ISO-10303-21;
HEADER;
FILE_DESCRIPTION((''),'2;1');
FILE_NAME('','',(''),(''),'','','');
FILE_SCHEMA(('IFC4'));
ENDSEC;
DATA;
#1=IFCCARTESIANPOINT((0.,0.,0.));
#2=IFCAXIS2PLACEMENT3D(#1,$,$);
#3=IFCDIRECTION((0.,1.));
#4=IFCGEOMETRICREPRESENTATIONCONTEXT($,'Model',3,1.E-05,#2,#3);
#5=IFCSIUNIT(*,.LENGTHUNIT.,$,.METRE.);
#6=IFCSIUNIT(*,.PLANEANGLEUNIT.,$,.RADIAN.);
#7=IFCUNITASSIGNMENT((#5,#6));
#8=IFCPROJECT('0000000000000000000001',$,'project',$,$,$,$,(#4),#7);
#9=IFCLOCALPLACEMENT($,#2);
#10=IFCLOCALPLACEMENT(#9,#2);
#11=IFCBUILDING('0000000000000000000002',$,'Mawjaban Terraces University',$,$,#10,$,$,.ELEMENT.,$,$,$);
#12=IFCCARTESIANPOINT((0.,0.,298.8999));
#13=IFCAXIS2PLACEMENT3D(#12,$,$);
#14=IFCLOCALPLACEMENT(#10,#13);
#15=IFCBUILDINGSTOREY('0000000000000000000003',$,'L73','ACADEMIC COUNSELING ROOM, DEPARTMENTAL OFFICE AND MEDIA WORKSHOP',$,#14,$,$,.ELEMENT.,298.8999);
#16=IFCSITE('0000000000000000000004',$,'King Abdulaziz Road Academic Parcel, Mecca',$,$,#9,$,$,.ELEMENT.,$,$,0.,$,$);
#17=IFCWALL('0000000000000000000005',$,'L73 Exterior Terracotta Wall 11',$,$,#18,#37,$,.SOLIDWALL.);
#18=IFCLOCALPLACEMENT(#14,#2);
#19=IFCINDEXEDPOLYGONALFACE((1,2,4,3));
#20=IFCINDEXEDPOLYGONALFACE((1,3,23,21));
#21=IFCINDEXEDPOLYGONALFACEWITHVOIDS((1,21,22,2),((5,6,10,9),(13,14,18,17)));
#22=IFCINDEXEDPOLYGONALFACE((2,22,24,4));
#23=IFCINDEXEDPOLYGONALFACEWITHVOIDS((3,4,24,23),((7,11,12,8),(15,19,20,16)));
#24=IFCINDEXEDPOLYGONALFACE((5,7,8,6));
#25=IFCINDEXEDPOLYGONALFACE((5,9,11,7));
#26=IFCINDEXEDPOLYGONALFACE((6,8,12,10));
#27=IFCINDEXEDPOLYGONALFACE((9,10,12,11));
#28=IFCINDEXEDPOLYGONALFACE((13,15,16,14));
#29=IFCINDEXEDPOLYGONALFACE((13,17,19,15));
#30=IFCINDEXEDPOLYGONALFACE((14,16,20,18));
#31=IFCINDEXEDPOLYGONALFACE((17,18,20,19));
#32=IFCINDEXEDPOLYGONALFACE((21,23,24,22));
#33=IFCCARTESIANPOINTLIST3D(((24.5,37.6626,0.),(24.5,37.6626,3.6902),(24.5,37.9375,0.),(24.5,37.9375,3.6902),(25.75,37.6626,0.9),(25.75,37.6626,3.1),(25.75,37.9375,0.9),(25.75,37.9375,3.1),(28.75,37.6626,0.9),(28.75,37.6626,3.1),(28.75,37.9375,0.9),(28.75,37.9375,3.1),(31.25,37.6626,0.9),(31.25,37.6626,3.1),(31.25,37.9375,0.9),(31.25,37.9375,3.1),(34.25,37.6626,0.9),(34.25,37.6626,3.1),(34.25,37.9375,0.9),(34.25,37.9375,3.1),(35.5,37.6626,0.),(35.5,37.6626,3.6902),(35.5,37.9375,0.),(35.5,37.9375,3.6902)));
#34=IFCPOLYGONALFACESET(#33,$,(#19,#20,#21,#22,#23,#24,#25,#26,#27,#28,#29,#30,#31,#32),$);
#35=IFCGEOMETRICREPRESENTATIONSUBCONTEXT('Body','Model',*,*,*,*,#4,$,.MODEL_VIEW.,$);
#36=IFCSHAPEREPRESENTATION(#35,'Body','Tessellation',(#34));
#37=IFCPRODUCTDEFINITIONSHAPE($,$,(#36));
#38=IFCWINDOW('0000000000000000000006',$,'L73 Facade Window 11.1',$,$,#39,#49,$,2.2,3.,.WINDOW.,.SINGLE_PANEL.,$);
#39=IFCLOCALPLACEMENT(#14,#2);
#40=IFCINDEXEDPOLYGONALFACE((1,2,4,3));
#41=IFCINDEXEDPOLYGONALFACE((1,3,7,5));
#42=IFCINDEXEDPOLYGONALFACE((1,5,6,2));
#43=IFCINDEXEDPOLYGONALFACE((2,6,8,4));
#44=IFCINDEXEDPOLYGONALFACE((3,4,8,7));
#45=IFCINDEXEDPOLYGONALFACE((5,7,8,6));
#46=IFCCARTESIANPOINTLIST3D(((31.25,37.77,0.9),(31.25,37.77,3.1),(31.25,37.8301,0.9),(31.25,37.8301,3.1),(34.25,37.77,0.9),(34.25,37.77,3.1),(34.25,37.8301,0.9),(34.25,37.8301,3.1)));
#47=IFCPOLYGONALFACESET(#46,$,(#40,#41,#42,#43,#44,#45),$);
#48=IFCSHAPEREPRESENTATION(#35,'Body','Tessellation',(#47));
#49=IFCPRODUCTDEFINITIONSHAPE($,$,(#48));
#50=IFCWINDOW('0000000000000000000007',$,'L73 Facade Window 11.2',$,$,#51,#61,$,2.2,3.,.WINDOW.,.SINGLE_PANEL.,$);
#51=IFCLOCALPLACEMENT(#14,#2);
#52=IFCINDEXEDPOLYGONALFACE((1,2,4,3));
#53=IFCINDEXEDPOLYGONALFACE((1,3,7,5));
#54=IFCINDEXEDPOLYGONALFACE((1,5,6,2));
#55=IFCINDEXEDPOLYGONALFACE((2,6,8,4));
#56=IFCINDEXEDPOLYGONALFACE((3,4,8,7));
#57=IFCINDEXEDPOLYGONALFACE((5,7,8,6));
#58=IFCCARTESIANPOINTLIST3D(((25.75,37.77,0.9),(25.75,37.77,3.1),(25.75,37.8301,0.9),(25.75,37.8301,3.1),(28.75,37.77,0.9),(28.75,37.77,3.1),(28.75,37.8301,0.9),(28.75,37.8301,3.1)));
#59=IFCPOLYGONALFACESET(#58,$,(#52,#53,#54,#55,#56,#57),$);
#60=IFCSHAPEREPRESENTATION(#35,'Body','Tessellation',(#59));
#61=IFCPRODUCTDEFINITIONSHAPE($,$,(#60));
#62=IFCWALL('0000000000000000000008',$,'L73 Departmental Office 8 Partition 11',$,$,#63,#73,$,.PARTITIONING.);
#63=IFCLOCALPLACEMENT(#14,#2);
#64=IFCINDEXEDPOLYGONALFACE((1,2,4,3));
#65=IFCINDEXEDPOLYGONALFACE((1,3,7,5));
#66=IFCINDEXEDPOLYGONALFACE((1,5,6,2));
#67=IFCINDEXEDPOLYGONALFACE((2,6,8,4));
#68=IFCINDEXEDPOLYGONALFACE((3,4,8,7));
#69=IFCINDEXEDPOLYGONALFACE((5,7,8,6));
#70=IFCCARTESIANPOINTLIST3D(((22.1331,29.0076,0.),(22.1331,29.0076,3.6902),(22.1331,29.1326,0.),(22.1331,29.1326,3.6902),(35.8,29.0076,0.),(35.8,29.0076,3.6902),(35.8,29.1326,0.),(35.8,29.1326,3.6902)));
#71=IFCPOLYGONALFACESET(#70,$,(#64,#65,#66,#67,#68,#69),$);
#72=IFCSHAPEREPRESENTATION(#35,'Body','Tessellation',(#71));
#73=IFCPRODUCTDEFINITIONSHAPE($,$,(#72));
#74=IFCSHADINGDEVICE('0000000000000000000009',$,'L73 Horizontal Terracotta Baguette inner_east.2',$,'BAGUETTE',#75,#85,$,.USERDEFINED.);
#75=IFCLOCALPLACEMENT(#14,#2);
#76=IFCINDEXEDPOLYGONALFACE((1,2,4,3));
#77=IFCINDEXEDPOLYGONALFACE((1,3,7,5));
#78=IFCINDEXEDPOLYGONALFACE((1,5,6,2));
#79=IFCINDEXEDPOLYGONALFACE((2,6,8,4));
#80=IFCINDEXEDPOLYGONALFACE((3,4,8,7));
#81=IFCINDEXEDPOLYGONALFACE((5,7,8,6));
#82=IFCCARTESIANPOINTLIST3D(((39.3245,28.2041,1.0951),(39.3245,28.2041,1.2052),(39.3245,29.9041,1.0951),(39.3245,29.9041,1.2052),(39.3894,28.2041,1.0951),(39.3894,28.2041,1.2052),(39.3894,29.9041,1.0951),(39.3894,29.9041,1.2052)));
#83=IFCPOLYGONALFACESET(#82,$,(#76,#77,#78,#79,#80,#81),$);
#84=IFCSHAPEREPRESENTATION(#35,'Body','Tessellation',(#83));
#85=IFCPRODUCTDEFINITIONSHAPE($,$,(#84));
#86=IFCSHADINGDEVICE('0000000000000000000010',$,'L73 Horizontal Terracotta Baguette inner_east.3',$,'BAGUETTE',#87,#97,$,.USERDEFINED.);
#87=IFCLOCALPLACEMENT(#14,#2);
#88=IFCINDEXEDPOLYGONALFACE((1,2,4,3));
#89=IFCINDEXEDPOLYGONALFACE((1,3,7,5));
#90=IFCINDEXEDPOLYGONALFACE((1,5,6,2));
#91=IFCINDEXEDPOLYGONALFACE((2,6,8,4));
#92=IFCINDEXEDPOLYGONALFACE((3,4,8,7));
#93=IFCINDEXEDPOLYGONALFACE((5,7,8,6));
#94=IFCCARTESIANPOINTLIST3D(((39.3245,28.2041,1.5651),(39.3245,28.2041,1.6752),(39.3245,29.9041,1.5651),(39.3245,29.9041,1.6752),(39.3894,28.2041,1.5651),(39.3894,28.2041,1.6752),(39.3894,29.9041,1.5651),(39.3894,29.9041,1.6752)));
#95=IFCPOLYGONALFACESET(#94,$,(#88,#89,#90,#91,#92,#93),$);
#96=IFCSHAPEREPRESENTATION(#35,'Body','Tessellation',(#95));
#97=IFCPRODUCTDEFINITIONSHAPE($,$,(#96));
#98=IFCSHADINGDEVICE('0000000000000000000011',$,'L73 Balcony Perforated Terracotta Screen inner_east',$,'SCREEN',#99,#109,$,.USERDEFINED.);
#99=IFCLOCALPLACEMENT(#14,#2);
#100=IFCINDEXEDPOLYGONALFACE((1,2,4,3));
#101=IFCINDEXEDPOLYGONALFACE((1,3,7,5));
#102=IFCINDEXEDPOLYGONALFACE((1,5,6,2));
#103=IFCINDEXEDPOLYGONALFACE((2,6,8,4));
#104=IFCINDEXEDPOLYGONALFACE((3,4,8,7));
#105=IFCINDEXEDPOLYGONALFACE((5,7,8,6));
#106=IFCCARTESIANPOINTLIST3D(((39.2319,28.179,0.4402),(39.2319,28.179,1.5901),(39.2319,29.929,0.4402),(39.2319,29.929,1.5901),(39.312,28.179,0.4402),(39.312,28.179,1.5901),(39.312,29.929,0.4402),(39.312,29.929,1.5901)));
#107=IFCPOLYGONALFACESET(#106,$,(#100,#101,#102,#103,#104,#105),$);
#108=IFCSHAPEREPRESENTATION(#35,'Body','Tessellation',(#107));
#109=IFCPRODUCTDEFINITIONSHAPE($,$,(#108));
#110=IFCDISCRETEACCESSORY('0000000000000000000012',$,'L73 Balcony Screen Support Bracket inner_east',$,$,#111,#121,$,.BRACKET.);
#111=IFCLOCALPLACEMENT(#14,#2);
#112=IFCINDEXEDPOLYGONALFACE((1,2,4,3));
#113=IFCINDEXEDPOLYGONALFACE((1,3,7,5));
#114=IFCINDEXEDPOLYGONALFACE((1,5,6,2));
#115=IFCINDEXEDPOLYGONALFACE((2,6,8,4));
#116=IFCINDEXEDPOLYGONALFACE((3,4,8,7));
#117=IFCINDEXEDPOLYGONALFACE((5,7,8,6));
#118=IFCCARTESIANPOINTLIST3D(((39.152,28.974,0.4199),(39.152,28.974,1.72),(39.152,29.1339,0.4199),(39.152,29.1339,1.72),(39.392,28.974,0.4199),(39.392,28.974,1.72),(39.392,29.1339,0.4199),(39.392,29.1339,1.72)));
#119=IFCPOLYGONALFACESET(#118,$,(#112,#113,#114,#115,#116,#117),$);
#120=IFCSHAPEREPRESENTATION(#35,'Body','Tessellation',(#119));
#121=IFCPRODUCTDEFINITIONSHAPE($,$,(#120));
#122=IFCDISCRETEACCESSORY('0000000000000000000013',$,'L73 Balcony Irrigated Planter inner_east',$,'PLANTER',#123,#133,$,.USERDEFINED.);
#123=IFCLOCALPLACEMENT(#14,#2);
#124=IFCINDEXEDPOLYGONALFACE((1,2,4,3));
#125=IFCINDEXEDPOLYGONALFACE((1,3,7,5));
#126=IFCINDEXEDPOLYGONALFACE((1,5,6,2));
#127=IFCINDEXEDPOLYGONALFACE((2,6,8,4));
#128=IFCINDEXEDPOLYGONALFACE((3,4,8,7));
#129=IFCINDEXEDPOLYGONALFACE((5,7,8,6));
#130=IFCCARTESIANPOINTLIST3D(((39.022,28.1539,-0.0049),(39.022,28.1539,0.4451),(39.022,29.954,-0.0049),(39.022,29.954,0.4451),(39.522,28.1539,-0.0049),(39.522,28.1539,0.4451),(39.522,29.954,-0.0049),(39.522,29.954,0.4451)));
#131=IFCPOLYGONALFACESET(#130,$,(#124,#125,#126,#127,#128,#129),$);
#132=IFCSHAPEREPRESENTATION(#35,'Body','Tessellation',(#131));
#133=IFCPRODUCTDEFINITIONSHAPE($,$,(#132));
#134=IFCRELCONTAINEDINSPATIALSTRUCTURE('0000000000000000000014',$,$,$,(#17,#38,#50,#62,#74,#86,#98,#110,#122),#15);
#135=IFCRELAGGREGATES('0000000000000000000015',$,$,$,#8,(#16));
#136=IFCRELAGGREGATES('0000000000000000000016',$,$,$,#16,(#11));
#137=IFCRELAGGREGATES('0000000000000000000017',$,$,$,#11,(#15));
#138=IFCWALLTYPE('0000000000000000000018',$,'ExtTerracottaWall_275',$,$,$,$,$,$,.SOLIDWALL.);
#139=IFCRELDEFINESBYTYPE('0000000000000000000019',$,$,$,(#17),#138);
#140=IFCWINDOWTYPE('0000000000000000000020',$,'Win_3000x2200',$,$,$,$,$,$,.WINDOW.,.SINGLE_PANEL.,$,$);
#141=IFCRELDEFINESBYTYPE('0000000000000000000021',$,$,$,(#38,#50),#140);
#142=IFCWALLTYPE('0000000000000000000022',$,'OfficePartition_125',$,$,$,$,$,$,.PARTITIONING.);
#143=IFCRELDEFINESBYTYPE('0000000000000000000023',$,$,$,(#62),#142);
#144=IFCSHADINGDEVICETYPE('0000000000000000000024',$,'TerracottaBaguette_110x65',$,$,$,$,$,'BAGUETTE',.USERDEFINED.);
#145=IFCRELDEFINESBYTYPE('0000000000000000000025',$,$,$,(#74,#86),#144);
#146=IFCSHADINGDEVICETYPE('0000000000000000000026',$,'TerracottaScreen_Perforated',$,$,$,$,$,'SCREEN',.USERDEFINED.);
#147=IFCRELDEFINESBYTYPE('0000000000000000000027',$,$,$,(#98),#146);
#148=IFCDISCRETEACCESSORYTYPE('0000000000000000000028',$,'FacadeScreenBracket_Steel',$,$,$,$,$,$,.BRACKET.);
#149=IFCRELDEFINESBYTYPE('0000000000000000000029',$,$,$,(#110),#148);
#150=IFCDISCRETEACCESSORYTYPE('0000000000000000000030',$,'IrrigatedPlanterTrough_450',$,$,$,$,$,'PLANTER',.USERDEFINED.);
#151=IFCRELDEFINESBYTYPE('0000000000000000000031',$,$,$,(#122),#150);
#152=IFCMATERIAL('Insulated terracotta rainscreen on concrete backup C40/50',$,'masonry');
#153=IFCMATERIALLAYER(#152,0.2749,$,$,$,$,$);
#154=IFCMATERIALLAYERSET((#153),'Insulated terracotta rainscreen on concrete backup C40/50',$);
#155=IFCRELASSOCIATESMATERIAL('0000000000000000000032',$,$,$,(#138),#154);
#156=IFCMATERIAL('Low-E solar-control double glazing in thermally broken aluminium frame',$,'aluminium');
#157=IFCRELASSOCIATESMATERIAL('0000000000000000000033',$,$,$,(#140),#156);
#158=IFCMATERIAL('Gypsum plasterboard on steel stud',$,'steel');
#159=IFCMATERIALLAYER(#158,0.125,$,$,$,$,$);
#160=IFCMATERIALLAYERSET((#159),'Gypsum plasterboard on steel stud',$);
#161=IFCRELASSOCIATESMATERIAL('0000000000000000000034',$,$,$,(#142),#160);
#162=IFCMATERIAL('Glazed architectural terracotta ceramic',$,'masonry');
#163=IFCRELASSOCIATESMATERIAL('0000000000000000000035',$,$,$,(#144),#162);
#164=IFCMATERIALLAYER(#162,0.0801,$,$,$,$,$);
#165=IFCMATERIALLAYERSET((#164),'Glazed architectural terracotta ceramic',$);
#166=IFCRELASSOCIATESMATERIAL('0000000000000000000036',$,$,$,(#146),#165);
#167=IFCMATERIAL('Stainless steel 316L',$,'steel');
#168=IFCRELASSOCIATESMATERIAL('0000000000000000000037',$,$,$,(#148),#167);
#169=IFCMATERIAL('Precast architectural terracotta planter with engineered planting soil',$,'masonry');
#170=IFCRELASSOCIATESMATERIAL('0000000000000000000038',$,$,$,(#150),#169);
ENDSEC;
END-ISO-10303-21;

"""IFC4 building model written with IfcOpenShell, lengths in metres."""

from ifc_helpers import new_model, si_unit, direction, frame, frame_2d, origin, origin_2d, place, context, subcontext, project, spatial, rectangle, extrude, material, layer, layer_set, material_profile, profile_set, type_object, element, fill, save


model = new_model("IFC4")

# Units and contexts
model_context = context("Model", 3, precision=1e-05, world=origin(), true_north=direction((0.0, 1.0)))
body_context = subcontext(model_context, "Body", "Model", "MODEL_VIEW")
ifc_project = project(units=[si_unit("LENGTHUNIT", "METRE"), si_unit("PLANEANGLEUNIT", "RADIAN")], contexts=[model_context])

# Site, building, storey
site_placement = place(None, origin())
site = spatial("IfcSite", under=ifc_project, at=site_placement, Name="King Abdulaziz Road Academic Parcel, Mecca", CompositionType="ELEMENT", RefElevation=0.0)
building_placement = place(site_placement, origin())
building = spatial("IfcBuilding", under=site, at=building_placement, Name="Mawjaban Terraces University", CompositionType="ELEMENT")
storey_placement = place(building_placement, frame((0.0, 0.0, 298.8999)))
storey = spatial("IfcBuildingStorey", under=building, at=storey_placement, Name="L73", Description="ACADEMIC COUNSELING ROOM, DEPARTMENTAL OFFICE AND MEDIA WORKSHOP", CompositionType="ELEMENT", Elevation=298.8999)

# Shared definitions
ifc_material_1 = material(Name="Insulated terracotta rainscreen on concrete backup C40/50", Category="masonry")
ifc_layer_1 = layer(ifc_material_1, 0.2749)
ifc_layer_set_1 = layer_set([ifc_layer_1], Name="Insulated terracotta rainscreen on concrete backup C40/50")
wall_type_1 = type_object("IfcWallType", Name="ExtTerracottaWall_275", PredefinedType="SOLIDWALL", material=ifc_layer_set_1)

# Wall, openings, windows
wall_1_placement = place(storey_placement, frame((35.5, 37.8, 0.0), z_axis=(0.0, 0.0, 1.0), x_axis=(-1.0, 0.0, 0.0)))
wall_1 = element("IfcWall", 1, at=wall_1_placement, inside=storey, type_object=wall_type_1, Name="L73 Exterior Terracotta Wall 11", PredefinedType="SOLIDWALL", context=body_context, shape_type="SweptSolid", body=[
    extrude(rectangle(XDim=11.0, YDim=0.2749, at=frame_2d((5.5, 0.0))), origin(), (0.0, 0.0, 1.0), 3.6902),
])
opening_1_placement = place(wall_1_placement, frame((1.25, 0.0, 0.8999)))
opening_1 = element("IfcOpeningElement", 2, at=opening_1_placement, cuts=wall_1, PredefinedType="OPENING", context=body_context, shape_type="SweptSolid", body=[
    extrude(rectangle(XDim=3.0, YDim=2.2, at=frame_2d((1.5, 1.1001))), frame((0.0, 0.1475, 0.0), z_axis=(0.0, -1.0, 0.0), x_axis=(1.0, 0.0, 0.0)), (0.0, 0.0, 1.0), 0.2949),
])
opening_2_placement = place(wall_1_placement, frame((6.75, 0.0, 0.8999)))
opening_2 = element("IfcOpeningElement", 3, at=opening_2_placement, cuts=wall_1, PredefinedType="OPENING", context=body_context, shape_type="SweptSolid", body=[
    extrude(rectangle(XDim=3.0, YDim=2.2, at=frame_2d((1.5, 1.1001))), frame((0.0, 0.1475, 0.0), z_axis=(0.0, -1.0, 0.0), x_axis=(1.0, 0.0, 0.0)), (0.0, 0.0, 1.0), 0.2949),
])
ifc_material_2 = material(Name="Low-E solar-control double glazing in thermally broken aluminium frame", Category="aluminium")
window_type = type_object("IfcWindowType", Name="Win_3000x2200", PartitioningType="SINGLE_PANEL", PredefinedType="WINDOW", material=ifc_material_2)
window_1_placement = place(opening_1_placement, origin())
window_1 = element("IfcWindow", 4, at=window_1_placement, inside=storey, type_object=window_type, Name="L73 Facade Window 11.1", OverallHeight=2.2, OverallWidth=3.0, PartitioningType="SINGLE_PANEL", PredefinedType="WINDOW", context=body_context, shape_type="SweptSolid", body=[
    extrude(rectangle(XDim=3.0, YDim=2.2, at=frame_2d((1.5, 1.1001))), frame((0.0, 0.03, 0.0), z_axis=(0.0, -1.0, 0.0), x_axis=(1.0, 0.0, 0.0)), (0.0, 0.0, 1.0), 0.0601),
])
fill(opening_1, window_1)
window_2_placement = place(opening_2_placement, origin())
window_2 = element("IfcWindow", 5, at=window_2_placement, inside=storey, type_object=window_type, Name="L73 Facade Window 11.2", OverallHeight=2.2, OverallWidth=3.0, PartitioningType="SINGLE_PANEL", PredefinedType="WINDOW", context=body_context, shape_type="SweptSolid", body=[
    extrude(rectangle(XDim=3.0, YDim=2.2, at=frame_2d((1.5, 1.1001))), frame((0.0, 0.03, 0.0), z_axis=(0.0, -1.0, 0.0), x_axis=(1.0, 0.0, 0.0)), (0.0, 0.0, 1.0), 0.0601),
])
fill(opening_2, window_2)

# Wall
ifc_material_3 = material(Name="Gypsum plasterboard on steel stud", Category="steel")
ifc_layer_2 = layer(ifc_material_3, 0.125)
ifc_layer_set_2 = layer_set([ifc_layer_2], Name="Gypsum plasterboard on steel stud")
wall_type_2 = type_object("IfcWallType", Name="OfficePartition_125", PredefinedType="PARTITIONING", material=ifc_layer_set_2)
wall_2_placement = place(storey_placement, frame((35.8, 29.0701, 0.0), z_axis=(0.0, 0.0, 1.0), x_axis=(-1.0, 0.0, 0.0)))
element("IfcWall", 6, at=wall_2_placement, inside=storey, type_object=wall_type_2, Name="L73 Departmental Office 8 Partition 11", PredefinedType="PARTITIONING", context=body_context, shape_type="SweptSolid", body=[
    extrude(rectangle(XDim=13.667, YDim=0.125, at=frame_2d((6.8335, 0.0))), origin(), (0.0, 0.0, 1.0), 3.6902),
])

# Shading devices
ifc_material_4 = material(Name="Glazed architectural terracotta ceramic", Category="masonry")
ifc_material_profile_1 = material_profile(ifc_material_4, rectangle(XDim=0.0649, YDim=0.1101, at=origin_2d()), Name="TBAG110X65")
ifc_profile_set_1 = profile_set([ifc_material_profile_1], Name="Glazed architectural terracotta ceramic")
shading_device_type_1 = type_object("IfcShadingDeviceType", Name="TerracottaBaguette_110x65", ElementType="BAGUETTE", PredefinedType="USERDEFINED", material=ifc_profile_set_1)
for number, where, z_axis, x_axis, name in (
    (7, (39.3569, 28.2041, 1.1501), (0.0, 1.0, 0.0), (-1.0, 0.0, 0.0), "L73 Horizontal Terracotta Baguette inner_east.2"),
    (8, (39.3569, 28.2041, 1.6201), (0.0, 1.0, 0.0), (-1.0, 0.0, 0.0), "L73 Horizontal Terracotta Baguette inner_east.3"),
):
    element("IfcShadingDevice", number, at=place(storey_placement, frame(where, z_axis=z_axis, x_axis=x_axis)), inside=storey, type_object=shading_device_type_1, Name=name, ObjectType="BAGUETTE", PredefinedType="USERDEFINED", context=body_context, shape_type="SweptSolid", body=[
        extrude(rectangle(XDim=0.0649, YDim=0.1101, at=origin_2d()), origin(), (0.0, 0.0, 1.0), 1.7),
    ])
ifc_layer_3 = layer(ifc_material_4, 0.0801)
ifc_layer_set_3 = layer_set([ifc_layer_3], Name="Glazed architectural terracotta ceramic")
shading_device_type_2 = type_object("IfcShadingDeviceType", Name="TerracottaScreen_Perforated", ElementType="SCREEN", PredefinedType="USERDEFINED", material=ifc_layer_set_3)
shading_device_placement = place(storey_placement, frame((39.272, 29.054, 0.4402), z_axis=(0.0, 0.0, 1.0), x_axis=(0.0, 1.0, 0.0)))
element("IfcShadingDevice", 9, at=shading_device_placement, inside=storey, type_object=shading_device_type_2, Name="L73 Balcony Perforated Terracotta Screen inner_east", ObjectType="SCREEN", PredefinedType="USERDEFINED", context=body_context, shape_type="SweptSolid", body=[
    extrude(rectangle(XDim=1.75, YDim=0.0801, at=origin_2d()), origin(), (0.0, 0.0, 1.0), 1.1499),
])

# Discrete accessories
ifc_material_5 = material(Name="Stainless steel 316L", Category="steel")
discrete_accessory_type_1 = type_object("IfcDiscreteAccessoryType", Name="FacadeScreenBracket_Steel", PredefinedType="BRACKET", material=ifc_material_5)
discrete_accessory_1_placement = place(storey_placement, frame((39.272, 29.054, 0.4199), z_axis=(0.0, 0.0, 1.0), x_axis=(0.0, 1.0, 0.0)))
element("IfcDiscreteAccessory", 10, at=discrete_accessory_1_placement, inside=storey, type_object=discrete_accessory_type_1, Name="L73 Balcony Screen Support Bracket inner_east", PredefinedType="BRACKET", context=body_context, shape_type="SweptSolid", body=[
    extrude(rectangle(XDim=0.1599, YDim=0.24, at=origin_2d()), origin(), (0.0, 0.0, 1.0), 1.3),
])
ifc_material_6 = material(Name="Precast architectural terracotta planter with engineered planting soil", Category="masonry")
discrete_accessory_type_2 = type_object("IfcDiscreteAccessoryType", Name="IrrigatedPlanterTrough_450", ElementType="PLANTER", PredefinedType="USERDEFINED", material=ifc_material_6)
discrete_accessory_2_placement = place(storey_placement, frame((39.272, 29.054, -0.0049), z_axis=(0.0, 0.0, 1.0), x_axis=(0.0, 1.0, 0.0)))
element("IfcDiscreteAccessory", 11, at=discrete_accessory_2_placement, inside=storey, type_object=discrete_accessory_type_2, Name="L73 Balcony Irrigated Planter inner_east", ObjectType="PLANTER", PredefinedType="USERDEFINED", context=body_context, shape_type="SweptSolid", body=[
    extrude(rectangle(XDim=1.8, YDim=0.5, at=origin_2d()), origin(), (0.0, 0.0, 1.0), 0.45),
])

save(model, "model.ifc")
